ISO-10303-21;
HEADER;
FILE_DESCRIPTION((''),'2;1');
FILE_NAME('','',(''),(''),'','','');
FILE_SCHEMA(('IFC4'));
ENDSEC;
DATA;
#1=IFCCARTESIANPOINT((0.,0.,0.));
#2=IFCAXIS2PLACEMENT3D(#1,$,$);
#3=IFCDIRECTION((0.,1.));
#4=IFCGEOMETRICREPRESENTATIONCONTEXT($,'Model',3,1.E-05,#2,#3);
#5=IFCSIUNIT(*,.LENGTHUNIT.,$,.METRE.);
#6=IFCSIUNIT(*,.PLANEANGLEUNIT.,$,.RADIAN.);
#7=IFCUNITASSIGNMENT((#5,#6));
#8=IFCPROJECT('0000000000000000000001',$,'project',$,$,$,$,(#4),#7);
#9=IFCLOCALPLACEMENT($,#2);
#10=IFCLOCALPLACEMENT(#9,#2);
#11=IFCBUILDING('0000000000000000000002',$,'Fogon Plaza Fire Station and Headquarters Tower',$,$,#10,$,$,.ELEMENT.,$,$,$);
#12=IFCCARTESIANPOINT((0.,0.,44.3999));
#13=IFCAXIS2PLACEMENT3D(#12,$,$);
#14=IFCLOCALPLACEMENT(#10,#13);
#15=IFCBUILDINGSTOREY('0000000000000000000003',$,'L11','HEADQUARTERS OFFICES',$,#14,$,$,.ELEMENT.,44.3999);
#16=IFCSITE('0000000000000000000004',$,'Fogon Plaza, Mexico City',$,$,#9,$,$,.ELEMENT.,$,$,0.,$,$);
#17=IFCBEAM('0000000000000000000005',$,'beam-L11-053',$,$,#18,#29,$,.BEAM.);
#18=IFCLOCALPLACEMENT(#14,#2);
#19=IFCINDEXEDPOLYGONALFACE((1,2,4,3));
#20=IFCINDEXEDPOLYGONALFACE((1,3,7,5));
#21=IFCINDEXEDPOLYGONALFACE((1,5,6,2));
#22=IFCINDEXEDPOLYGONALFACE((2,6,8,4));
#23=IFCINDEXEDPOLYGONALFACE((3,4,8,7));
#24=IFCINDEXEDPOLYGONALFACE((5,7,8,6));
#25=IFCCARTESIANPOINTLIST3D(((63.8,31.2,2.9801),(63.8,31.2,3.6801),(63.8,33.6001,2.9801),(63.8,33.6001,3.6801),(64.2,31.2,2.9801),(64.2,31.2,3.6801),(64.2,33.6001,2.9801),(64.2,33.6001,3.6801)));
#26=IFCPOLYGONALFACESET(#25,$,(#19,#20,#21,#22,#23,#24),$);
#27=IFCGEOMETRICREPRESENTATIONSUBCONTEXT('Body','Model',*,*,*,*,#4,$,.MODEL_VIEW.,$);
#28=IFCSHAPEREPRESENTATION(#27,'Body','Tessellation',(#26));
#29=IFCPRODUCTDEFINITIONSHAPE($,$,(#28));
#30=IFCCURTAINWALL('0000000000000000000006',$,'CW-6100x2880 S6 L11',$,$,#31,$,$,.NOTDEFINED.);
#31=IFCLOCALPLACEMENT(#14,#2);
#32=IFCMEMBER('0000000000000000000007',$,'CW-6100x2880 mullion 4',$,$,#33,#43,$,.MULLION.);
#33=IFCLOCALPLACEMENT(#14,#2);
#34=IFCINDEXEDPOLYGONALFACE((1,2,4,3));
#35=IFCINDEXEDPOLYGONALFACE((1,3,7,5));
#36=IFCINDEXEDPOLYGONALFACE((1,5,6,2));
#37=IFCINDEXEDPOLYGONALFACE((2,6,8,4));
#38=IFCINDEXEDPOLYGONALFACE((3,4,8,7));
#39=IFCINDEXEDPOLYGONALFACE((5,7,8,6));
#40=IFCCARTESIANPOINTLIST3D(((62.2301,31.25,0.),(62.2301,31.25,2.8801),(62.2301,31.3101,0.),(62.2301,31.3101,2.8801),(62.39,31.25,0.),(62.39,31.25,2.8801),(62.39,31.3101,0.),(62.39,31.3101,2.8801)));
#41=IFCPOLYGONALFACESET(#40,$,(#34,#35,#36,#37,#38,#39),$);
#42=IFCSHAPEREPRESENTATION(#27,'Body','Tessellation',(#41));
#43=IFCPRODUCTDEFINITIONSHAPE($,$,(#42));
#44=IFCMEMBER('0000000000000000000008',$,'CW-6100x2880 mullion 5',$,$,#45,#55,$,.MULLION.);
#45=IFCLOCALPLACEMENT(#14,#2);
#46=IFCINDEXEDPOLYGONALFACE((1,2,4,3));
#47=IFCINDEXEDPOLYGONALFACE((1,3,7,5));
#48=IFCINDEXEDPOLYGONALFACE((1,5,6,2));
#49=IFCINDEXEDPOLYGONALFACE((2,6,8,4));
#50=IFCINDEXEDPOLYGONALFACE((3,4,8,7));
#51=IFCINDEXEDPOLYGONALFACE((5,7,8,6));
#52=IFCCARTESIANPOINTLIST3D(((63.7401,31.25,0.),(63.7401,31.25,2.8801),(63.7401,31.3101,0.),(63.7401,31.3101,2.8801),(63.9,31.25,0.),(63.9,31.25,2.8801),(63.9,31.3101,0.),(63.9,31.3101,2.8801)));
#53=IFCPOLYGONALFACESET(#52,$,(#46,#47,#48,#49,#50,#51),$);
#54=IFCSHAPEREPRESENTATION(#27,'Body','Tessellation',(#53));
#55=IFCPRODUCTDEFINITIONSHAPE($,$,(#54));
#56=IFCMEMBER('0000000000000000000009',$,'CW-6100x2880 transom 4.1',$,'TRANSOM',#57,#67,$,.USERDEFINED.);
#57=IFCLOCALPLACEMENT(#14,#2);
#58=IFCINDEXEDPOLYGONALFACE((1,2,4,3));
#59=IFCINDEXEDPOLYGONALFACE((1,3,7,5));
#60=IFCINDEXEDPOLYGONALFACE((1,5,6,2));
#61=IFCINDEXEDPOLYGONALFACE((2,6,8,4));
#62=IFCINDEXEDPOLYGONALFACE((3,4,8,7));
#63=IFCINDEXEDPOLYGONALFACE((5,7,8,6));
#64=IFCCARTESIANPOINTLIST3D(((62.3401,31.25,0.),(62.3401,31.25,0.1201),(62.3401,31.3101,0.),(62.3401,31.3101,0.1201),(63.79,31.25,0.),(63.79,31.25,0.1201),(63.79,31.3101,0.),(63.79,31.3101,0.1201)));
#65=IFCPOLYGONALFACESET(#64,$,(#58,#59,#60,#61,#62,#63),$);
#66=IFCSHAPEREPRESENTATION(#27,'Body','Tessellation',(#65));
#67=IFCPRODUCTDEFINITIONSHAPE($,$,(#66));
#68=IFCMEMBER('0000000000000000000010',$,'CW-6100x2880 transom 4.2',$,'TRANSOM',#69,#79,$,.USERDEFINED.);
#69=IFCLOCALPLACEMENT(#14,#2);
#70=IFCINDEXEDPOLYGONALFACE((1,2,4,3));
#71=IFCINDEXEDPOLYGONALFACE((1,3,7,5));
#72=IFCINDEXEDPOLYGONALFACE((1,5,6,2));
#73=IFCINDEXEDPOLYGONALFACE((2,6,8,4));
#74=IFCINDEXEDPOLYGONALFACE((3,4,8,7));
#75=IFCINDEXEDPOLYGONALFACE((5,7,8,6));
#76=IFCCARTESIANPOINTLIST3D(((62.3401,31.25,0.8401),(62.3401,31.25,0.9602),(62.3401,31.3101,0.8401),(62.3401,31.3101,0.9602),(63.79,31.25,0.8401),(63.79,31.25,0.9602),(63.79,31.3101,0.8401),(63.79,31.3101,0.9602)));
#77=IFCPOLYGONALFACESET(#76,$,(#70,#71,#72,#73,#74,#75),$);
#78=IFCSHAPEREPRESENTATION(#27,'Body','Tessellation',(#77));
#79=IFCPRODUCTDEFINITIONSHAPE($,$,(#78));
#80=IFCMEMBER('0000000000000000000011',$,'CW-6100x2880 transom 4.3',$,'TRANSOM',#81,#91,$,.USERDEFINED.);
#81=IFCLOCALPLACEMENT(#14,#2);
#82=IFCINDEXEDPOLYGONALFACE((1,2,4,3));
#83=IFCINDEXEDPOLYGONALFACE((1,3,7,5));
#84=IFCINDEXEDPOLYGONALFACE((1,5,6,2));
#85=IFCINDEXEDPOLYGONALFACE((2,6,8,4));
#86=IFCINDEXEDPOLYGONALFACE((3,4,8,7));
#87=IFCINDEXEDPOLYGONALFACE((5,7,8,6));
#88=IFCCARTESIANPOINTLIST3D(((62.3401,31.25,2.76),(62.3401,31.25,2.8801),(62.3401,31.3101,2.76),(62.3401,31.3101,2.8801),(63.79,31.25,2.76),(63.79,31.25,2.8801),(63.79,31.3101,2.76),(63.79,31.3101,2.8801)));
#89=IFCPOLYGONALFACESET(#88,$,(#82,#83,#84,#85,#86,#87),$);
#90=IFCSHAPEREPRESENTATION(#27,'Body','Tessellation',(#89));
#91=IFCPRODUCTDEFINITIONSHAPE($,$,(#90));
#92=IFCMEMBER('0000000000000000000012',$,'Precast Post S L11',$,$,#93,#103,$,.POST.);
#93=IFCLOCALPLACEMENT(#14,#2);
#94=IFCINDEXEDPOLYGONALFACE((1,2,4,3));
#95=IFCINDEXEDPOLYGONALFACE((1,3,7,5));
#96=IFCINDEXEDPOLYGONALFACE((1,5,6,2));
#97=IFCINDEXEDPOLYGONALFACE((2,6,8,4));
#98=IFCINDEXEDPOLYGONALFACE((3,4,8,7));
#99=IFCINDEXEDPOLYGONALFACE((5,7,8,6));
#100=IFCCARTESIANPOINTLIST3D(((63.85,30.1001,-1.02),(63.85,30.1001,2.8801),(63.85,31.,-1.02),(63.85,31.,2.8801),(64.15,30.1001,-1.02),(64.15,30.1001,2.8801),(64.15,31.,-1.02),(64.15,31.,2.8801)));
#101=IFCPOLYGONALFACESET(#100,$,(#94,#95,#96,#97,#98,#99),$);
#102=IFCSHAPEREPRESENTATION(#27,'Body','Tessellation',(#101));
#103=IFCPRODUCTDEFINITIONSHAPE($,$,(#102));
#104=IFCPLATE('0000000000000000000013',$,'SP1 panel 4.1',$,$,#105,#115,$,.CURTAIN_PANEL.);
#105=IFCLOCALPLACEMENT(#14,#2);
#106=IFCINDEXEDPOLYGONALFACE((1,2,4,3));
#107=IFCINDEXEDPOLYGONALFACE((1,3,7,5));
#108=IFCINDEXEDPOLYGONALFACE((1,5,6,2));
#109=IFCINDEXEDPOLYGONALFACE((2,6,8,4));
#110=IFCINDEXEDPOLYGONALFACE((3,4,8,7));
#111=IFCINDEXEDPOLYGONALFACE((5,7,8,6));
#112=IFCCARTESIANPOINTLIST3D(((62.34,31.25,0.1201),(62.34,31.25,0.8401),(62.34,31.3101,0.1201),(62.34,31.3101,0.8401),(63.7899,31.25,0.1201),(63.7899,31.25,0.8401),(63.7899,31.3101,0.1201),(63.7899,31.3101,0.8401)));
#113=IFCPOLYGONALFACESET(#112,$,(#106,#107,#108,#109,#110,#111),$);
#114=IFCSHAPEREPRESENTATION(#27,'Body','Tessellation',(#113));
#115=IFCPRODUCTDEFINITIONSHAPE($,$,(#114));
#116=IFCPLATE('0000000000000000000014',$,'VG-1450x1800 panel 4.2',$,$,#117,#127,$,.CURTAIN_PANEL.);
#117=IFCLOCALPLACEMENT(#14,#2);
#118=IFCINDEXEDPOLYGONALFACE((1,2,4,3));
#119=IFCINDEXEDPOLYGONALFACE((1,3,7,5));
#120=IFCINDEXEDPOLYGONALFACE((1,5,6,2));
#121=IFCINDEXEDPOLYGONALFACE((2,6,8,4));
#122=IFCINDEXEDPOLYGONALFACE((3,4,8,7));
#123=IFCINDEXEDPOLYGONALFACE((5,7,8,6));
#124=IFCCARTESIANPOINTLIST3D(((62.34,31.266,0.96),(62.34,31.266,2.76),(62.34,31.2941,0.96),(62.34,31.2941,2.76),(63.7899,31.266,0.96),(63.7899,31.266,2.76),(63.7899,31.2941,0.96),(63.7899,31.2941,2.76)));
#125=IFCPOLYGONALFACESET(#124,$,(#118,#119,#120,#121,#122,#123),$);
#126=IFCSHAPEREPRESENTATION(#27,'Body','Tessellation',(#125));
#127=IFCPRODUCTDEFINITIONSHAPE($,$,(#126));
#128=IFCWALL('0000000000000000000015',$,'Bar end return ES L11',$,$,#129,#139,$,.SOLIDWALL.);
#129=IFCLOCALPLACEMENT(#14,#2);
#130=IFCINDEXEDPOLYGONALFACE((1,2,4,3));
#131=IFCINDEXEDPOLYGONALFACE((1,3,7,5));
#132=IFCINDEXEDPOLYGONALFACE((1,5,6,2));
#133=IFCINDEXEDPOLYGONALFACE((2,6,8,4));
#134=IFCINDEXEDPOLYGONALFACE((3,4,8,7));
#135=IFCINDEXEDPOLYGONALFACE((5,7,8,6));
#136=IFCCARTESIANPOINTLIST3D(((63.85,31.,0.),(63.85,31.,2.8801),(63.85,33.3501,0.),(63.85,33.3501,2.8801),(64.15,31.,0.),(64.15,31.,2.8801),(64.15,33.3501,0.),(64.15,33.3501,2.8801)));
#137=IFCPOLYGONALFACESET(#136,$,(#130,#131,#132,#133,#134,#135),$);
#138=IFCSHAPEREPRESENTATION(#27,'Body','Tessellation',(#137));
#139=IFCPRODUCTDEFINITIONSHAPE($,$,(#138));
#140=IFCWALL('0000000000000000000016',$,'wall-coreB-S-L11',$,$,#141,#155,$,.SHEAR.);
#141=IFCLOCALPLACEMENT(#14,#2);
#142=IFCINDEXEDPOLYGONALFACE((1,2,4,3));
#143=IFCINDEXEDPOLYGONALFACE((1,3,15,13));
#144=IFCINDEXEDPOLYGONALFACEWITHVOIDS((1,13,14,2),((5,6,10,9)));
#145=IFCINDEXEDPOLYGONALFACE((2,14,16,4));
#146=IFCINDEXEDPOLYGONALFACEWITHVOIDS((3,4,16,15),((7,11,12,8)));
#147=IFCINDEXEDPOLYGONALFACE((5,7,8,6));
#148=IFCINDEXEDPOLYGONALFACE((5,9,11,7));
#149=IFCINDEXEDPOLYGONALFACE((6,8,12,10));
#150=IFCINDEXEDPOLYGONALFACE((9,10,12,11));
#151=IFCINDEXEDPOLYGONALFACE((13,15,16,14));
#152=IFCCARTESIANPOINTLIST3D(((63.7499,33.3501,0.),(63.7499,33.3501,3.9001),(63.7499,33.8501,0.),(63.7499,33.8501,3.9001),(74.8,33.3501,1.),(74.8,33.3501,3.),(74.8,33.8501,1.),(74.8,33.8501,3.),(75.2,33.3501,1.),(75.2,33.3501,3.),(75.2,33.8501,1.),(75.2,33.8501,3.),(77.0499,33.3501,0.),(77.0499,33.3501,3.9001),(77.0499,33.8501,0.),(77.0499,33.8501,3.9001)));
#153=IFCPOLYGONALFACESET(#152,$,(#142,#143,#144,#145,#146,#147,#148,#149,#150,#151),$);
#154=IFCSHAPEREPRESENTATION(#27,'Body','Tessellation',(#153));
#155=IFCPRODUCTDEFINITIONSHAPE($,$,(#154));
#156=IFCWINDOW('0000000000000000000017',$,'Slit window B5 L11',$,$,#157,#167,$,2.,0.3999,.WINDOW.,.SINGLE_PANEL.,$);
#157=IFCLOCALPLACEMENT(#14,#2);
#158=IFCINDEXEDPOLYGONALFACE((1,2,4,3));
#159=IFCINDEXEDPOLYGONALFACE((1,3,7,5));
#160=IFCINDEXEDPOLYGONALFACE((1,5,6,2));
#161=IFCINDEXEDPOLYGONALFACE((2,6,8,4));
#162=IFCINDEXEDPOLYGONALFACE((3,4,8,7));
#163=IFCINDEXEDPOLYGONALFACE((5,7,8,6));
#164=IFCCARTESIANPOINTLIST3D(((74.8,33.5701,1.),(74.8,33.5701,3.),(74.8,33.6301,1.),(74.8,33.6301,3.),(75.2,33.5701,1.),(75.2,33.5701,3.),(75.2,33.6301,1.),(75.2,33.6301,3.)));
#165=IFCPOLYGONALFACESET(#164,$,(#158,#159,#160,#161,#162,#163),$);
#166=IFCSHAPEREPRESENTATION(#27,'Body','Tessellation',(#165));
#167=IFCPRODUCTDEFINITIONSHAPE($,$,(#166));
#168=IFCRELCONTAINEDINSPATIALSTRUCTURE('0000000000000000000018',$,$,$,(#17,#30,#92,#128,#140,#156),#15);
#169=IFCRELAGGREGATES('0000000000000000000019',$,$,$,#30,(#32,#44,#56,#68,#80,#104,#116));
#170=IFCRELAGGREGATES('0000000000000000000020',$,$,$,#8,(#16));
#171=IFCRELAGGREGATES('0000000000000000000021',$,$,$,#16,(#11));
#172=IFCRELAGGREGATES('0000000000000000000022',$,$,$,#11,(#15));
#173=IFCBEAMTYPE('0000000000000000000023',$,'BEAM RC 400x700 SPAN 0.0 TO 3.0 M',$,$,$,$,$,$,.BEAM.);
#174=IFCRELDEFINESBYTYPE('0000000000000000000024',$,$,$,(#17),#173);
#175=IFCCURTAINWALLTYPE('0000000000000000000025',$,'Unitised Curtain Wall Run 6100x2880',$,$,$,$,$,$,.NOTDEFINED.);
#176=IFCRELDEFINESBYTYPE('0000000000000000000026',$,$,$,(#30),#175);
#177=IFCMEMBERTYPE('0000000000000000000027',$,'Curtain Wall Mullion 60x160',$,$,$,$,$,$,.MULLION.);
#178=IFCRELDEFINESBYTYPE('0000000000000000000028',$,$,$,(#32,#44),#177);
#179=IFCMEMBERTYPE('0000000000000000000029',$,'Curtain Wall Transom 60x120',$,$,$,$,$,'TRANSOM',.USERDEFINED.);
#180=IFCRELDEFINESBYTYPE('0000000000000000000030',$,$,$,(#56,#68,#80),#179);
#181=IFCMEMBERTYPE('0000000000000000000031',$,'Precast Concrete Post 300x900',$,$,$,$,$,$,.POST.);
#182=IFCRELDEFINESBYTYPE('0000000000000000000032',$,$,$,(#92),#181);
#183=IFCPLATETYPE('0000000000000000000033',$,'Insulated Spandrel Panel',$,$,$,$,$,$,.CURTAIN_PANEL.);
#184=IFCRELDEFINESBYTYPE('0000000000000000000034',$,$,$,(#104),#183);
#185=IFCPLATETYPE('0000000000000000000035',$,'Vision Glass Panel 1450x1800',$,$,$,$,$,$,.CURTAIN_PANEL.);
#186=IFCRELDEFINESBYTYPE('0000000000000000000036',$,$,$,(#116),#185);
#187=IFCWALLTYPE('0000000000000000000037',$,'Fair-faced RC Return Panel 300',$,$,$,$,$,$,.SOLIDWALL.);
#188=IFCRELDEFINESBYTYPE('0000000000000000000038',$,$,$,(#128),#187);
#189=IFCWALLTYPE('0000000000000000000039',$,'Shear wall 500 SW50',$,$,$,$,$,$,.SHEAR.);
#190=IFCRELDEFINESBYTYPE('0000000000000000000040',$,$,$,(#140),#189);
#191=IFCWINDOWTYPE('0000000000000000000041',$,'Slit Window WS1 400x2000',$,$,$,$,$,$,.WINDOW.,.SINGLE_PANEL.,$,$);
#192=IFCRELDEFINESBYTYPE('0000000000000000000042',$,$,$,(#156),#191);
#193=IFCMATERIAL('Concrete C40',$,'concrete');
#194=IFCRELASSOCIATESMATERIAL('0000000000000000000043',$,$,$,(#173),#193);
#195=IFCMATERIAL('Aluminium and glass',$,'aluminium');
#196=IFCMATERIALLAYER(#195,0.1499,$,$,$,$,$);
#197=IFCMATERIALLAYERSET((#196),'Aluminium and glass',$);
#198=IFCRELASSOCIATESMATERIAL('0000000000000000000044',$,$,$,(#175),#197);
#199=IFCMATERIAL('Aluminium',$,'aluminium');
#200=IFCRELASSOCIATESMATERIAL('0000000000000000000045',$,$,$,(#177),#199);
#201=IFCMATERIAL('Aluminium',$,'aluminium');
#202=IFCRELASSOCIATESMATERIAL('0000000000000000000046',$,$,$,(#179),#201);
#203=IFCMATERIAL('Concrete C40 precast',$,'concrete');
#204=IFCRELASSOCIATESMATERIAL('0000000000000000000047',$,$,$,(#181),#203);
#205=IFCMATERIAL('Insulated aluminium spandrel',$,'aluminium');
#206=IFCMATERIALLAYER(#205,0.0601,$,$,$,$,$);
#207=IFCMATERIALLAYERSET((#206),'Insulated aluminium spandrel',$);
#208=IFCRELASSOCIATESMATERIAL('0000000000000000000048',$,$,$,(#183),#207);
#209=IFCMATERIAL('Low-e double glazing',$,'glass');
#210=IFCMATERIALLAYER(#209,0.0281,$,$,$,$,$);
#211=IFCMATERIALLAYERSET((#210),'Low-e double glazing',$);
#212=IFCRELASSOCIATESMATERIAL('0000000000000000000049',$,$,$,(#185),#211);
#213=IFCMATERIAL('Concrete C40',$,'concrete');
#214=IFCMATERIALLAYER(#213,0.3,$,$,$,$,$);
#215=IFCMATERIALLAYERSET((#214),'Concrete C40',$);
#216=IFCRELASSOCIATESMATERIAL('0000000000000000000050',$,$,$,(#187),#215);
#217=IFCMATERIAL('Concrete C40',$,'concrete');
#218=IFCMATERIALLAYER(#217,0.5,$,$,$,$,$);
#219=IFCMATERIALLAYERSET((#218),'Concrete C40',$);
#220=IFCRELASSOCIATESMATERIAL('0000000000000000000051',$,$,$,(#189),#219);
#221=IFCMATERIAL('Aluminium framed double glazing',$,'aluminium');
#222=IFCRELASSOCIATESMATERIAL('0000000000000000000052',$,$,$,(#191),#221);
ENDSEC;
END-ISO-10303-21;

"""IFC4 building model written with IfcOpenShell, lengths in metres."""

from ifc_helpers import new_model, si_unit, direction, frame, frame_2d, origin, origin_2d, place, context, subcontext, project, spatial, rectangle, extrude, material, layer, layer_set, material_profile, profile_set, type_object, element, fill, aggregate, save


model = new_model("IFC4")

# Units and contexts
model_context = context("Model", 3, precision=1e-05, world=origin(), true_north=direction((0.0, 1.0)))
body_context = subcontext(model_context, "Body", "Model", "MODEL_VIEW")
ifc_project = project(units=[si_unit("LENGTHUNIT", "METRE"), si_unit("PLANEANGLEUNIT", "RADIAN")], contexts=[model_context])

# Site, building, storey
site_placement = place(None, origin())
site = spatial("IfcSite", under=ifc_project, at=site_placement, Name="Fogon Plaza, Mexico City", CompositionType="ELEMENT", RefElevation=0.0)
building_placement = place(site_placement, origin())
building = spatial("IfcBuilding", under=site, at=building_placement, Name="Fogon Plaza Fire Station and Headquarters Tower", CompositionType="ELEMENT")
storey_placement = place(building_placement, frame((0.0, 0.0, 44.3999)))
storey = spatial("IfcBuildingStorey", under=building, at=storey_placement, Name="L11", Description="HEADQUARTERS OFFICES", CompositionType="ELEMENT", Elevation=44.3999)

# Beam
ifc_material_1 = material(Name="Concrete C40", Category="concrete")
ifc_material_profile_1 = material_profile(ifc_material_1, rectangle(XDim=0.3999, YDim=0.7, at=origin_2d()), Name="RC 400x700")
ifc_profile_set_1 = profile_set([ifc_material_profile_1], Name="Concrete C40")
beam_type = type_object("IfcBeamType", Name="BEAM RC 400x700 SPAN 0.0 TO 3.0 M", PredefinedType="BEAM", material=ifc_profile_set_1)
beam_placement = place(storey_placement, frame((64.0, 31.2, 3.3301), z_axis=(0.0, 1.0, 0.0), x_axis=(-1.0, 0.0, 0.0)))
element("IfcBeam", 1, at=beam_placement, inside=storey, type_object=beam_type, Name="beam-L11-053", PredefinedType="BEAM", context=body_context, shape_type="SweptSolid", body=[
    extrude(rectangle(XDim=0.3999, YDim=0.7, at=origin_2d()), origin(), (0.0, 0.0, 1.0), 2.4001),
])

# Curtain wall, members
ifc_material_2 = material(Name="Aluminium and glass", Category="aluminium")
ifc_layer_1 = layer(ifc_material_2, 0.1499)
ifc_layer_set_1 = layer_set([ifc_layer_1], Name="Aluminium and glass")
curtain_wall_type = type_object("IfcCurtainWallType", Name="Unitised Curtain Wall Run 6100x2880", PredefinedType="NOTDEFINED", material=ifc_layer_set_1)
curtain_wall_placement = place(storey_placement, origin())
curtain_wall = element("IfcCurtainWall", 2, at=curtain_wall_placement, inside=storey, type_object=curtain_wall_type, Name="CW-6100x2880 S6 L11", PredefinedType="NOTDEFINED")
ifc_material_3 = material(Name="Aluminium", Category="aluminium")
ifc_material_profile_2 = material_profile(ifc_material_3, rectangle(XDim=0.0601, YDim=0.1599, at=origin_2d()), Name="Curtain Wall Mullion 60x160")
ifc_profile_set_2 = profile_set([ifc_material_profile_2], Name="Aluminium")
member_type_1 = type_object("IfcMemberType", Name="Curtain Wall Mullion 60x160", PredefinedType="MULLION", material=ifc_profile_set_2)
member_1_placement = place(storey_placement, frame((62.3101, 31.28, 0.0), z_axis=(0.0, 0.0, 1.0), x_axis=(0.0, 1.0, 0.0)))
member_1 = element("IfcMember", 3, at=member_1_placement, type_object=member_type_1, Name="CW-6100x2880 mullion 4", PredefinedType="MULLION", context=body_context, shape_type="SweptSolid", body=[
    extrude(rectangle(XDim=0.0601, YDim=0.1599, at=origin_2d()), origin(), (0.0, 0.0, 1.0), 2.8801),
])
member_2_placement = place(storey_placement, frame((63.8201, 31.28, 0.0), z_axis=(0.0, 0.0, 1.0), x_axis=(0.0, 1.0, 0.0)))
member_2 = element("IfcMember", 4, at=member_2_placement, type_object=member_type_1, Name="CW-6100x2880 mullion 5", PredefinedType="MULLION", context=body_context, shape_type="SweptSolid", body=[
    extrude(rectangle(XDim=0.0601, YDim=0.1599, at=origin_2d()), origin(), (0.0, 0.0, 1.0), 2.8801),
])
ifc_material_4 = material(Name="Aluminium", Category="aluminium")
ifc_material_profile_3 = material_profile(ifc_material_4, rectangle(XDim=0.0601, YDim=0.1201, at=origin_2d()), Name="Curtain Wall Transom 60x120")
ifc_profile_set_3 = profile_set([ifc_material_profile_3], Name="Aluminium")
member_type_2 = type_object("IfcMemberType", Name="Curtain Wall Transom 60x120", ElementType="TRANSOM", PredefinedType="USERDEFINED", material=ifc_profile_set_3)
member_3_placement = place(storey_placement, frame((62.3401, 31.28, 0.0601), z_axis=(1.0, 0.0, 0.0), x_axis=(0.0, 1.0, 0.0)))
member_3 = element("IfcMember", 5, at=member_3_placement, type_object=member_type_2, Name="CW-6100x2880 transom 4.1", ObjectType="TRANSOM", PredefinedType="USERDEFINED", context=body_context, shape_type="SweptSolid", body=[
    extrude(rectangle(XDim=0.0601, YDim=0.1201, at=origin_2d()), origin(), (0.0, 0.0, 1.0), 1.45),
])
member_4_placement = place(storey_placement, frame((62.3401, 31.28, 0.9001), z_axis=(1.0, 0.0, 0.0), x_axis=(0.0, 1.0, 0.0)))
member_4 = element("IfcMember", 6, at=member_4_placement, type_object=member_type_2, Name="CW-6100x2880 transom 4.2", ObjectType="TRANSOM", PredefinedType="USERDEFINED", context=body_context, shape_type="SweptSolid", body=[
    extrude(rectangle(XDim=0.0601, YDim=0.1201, at=origin_2d()), origin(), (0.0, 0.0, 1.0), 1.45),
])
member_5_placement = place(storey_placement, frame((62.3401, 31.28, 2.8201), z_axis=(1.0, 0.0, 0.0), x_axis=(0.0, 1.0, 0.0)))
member_5 = element("IfcMember", 7, at=member_5_placement, type_object=member_type_2, Name="CW-6100x2880 transom 4.3", ObjectType="TRANSOM", PredefinedType="USERDEFINED", context=body_context, shape_type="SweptSolid", body=[
    extrude(rectangle(XDim=0.0601, YDim=0.1201, at=origin_2d()), origin(), (0.0, 0.0, 1.0), 1.45),
])

# Member
ifc_material_5 = material(Name="Concrete C40 precast", Category="concrete")
ifc_material_profile_4 = material_profile(ifc_material_5, rectangle(XDim=0.3, YDim=0.8999, at=origin_2d()), Name="Precast Concrete Post 300x900")
ifc_profile_set_4 = profile_set([ifc_material_profile_4], Name="Concrete C40 precast")
member_type_3 = type_object("IfcMemberType", Name="Precast Concrete Post 300x900", PredefinedType="POST", material=ifc_profile_set_4)
member_6_placement = place(storey_placement, frame((64.0, 30.55, -1.02), z_axis=(0.0, 0.0, 1.0), x_axis=(1.0, 0.0, 0.0)))
element("IfcMember", 8, at=member_6_placement, inside=storey, type_object=member_type_3, Name="Precast Post S L11", PredefinedType="POST", context=body_context, shape_type="SweptSolid", body=[
    extrude(rectangle(XDim=0.3, YDim=0.8999, at=origin_2d()), origin(), (0.0, 0.0, 1.0), 3.9001),
])

# Plates
ifc_material_6 = material(Name="Insulated aluminium spandrel", Category="aluminium")
ifc_layer_2 = layer(ifc_material_6, 0.0601)
ifc_layer_set_2 = layer_set([ifc_layer_2], Name="Insulated aluminium spandrel")
plate_type_1 = type_object("IfcPlateType", Name="Insulated Spandrel Panel", PredefinedType="CURTAIN_PANEL", material=ifc_layer_set_2)
plate_1_placement = place(storey_placement, frame((63.0649, 31.28, 0.1201), z_axis=(0.0, 0.0, 1.0), x_axis=(1.0, 0.0, 0.0)))
plate_1 = element("IfcPlate", 9, at=plate_1_placement, type_object=plate_type_1, Name="SP1 panel 4.1", PredefinedType="CURTAIN_PANEL", context=body_context, shape_type="SweptSolid", body=[
    extrude(rectangle(XDim=1.45, YDim=0.0601, at=origin_2d()), origin(), (0.0, 0.0, 1.0), 0.72),
])
ifc_material_7 = material(Name="Low-e double glazing", Category="glass")
ifc_layer_3 = layer(ifc_material_7, 0.0281)
ifc_layer_set_3 = layer_set([ifc_layer_3], Name="Low-e double glazing")
plate_type_2 = type_object("IfcPlateType", Name="Vision Glass Panel 1450x1800", PredefinedType="CURTAIN_PANEL", material=ifc_layer_set_3)
plate_2_placement = place(storey_placement, frame((63.0649, 31.28, 0.96), z_axis=(0.0, 0.0, 1.0), x_axis=(1.0, 0.0, 0.0)))
plate_2 = element("IfcPlate", 10, at=plate_2_placement, type_object=plate_type_2, Name="VG-1450x1800 panel 4.2", PredefinedType="CURTAIN_PANEL", context=body_context, shape_type="SweptSolid", body=[
    extrude(rectangle(XDim=1.45, YDim=0.0281, at=origin_2d()), origin(), (0.0, 0.0, 1.0), 1.8),
])
aggregate(curtain_wall, [member_1, member_2, member_3, member_4, member_5, plate_1, plate_2])

# Wall
ifc_material_8 = material(Name="Concrete C40", Category="concrete")
ifc_layer_4 = layer(ifc_material_8, 0.3)
ifc_layer_set_4 = layer_set([ifc_layer_4], Name="Concrete C40")
wall_type_1 = type_object("IfcWallType", Name="Fair-faced RC Return Panel 300", PredefinedType="SOLIDWALL", material=ifc_layer_set_4)
wall_1_placement = place(storey_placement, frame((64.0, 31.0, 0.0), z_axis=(0.0, 0.0, 1.0), x_axis=(0.0, 1.0, 0.0)))
element("IfcWall", 11, at=wall_1_placement, inside=storey, type_object=wall_type_1, Name="Bar end return ES L11", PredefinedType="SOLIDWALL", context=body_context, shape_type="SweptSolid", body=[
    extrude(rectangle(XDim=2.3501, YDim=0.3, at=frame_2d((1.175, 0.0))), origin(), (0.0, 0.0, 1.0), 2.8801),
])

# Wall, opening, window
ifc_material_9 = material(Name="Concrete C40", Category="concrete")
ifc_layer_5 = layer(ifc_material_9, 0.5)
ifc_layer_set_5 = layer_set([ifc_layer_5], Name="Concrete C40")
wall_type_2 = type_object("IfcWallType", Name="Shear wall 500 SW50", PredefinedType="SHEAR", material=ifc_layer_set_5)
wall_2_placement = place(storey_placement, frame((63.75, 33.6001, 0.0), z_axis=(0.0, 0.0, 1.0), x_axis=(1.0, 0.0, 0.0)))
wall_2 = element("IfcWall", 12, at=wall_2_placement, inside=storey, type_object=wall_type_2, Name="wall-coreB-S-L11", PredefinedType="SHEAR", context=body_context, shape_type="SweptSolid", body=[
    extrude(rectangle(XDim=13.3, YDim=0.5, at=frame_2d((6.6499, 0.0))), origin(), (0.0, 0.0, 1.0), 3.9001),
])
opening_1_placement = place(wall_2_placement, frame((11.05, 0.0, 1.0)))
opening_1 = element("IfcOpeningElement", 13, at=opening_1_placement, cuts=wall_2, PredefinedType="OPENING", context=body_context, shape_type="SweptSolid", body=[
    extrude(rectangle(XDim=0.3999, YDim=2.0, at=frame_2d((0.2, 1.0))), frame((0.0, 0.26, 0.0), z_axis=(0.0, -1.0, 0.0), x_axis=(1.0, 0.0, 0.0)), (0.0, 0.0, 1.0), 0.52),
])
ifc_material_10 = material(Name="Aluminium framed double glazing", Category="aluminium")
window_type = type_object("IfcWindowType", Name="Slit Window WS1 400x2000", PartitioningType="SINGLE_PANEL", PredefinedType="WINDOW", material=ifc_material_10)
window_placement = place(opening_1_placement, origin())
window = element("IfcWindow", 14, at=window_placement, inside=storey, type_object=window_type, Name="Slit window B5 L11", OverallHeight=2.0, OverallWidth=0.3999, PartitioningType="SINGLE_PANEL", PredefinedType="WINDOW", context=body_context, shape_type="SweptSolid", body=[
    extrude(rectangle(XDim=0.3999, YDim=2.0, at=frame_2d((0.2, 1.0))), frame((0.0, 0.03, 0.0), z_axis=(0.0, -1.0, 0.0), x_axis=(1.0, 0.0, 0.0)), (0.0, 0.0, 1.0), 0.0601),
])
fill(opening_1, window)

save(model, "model.ifc")
